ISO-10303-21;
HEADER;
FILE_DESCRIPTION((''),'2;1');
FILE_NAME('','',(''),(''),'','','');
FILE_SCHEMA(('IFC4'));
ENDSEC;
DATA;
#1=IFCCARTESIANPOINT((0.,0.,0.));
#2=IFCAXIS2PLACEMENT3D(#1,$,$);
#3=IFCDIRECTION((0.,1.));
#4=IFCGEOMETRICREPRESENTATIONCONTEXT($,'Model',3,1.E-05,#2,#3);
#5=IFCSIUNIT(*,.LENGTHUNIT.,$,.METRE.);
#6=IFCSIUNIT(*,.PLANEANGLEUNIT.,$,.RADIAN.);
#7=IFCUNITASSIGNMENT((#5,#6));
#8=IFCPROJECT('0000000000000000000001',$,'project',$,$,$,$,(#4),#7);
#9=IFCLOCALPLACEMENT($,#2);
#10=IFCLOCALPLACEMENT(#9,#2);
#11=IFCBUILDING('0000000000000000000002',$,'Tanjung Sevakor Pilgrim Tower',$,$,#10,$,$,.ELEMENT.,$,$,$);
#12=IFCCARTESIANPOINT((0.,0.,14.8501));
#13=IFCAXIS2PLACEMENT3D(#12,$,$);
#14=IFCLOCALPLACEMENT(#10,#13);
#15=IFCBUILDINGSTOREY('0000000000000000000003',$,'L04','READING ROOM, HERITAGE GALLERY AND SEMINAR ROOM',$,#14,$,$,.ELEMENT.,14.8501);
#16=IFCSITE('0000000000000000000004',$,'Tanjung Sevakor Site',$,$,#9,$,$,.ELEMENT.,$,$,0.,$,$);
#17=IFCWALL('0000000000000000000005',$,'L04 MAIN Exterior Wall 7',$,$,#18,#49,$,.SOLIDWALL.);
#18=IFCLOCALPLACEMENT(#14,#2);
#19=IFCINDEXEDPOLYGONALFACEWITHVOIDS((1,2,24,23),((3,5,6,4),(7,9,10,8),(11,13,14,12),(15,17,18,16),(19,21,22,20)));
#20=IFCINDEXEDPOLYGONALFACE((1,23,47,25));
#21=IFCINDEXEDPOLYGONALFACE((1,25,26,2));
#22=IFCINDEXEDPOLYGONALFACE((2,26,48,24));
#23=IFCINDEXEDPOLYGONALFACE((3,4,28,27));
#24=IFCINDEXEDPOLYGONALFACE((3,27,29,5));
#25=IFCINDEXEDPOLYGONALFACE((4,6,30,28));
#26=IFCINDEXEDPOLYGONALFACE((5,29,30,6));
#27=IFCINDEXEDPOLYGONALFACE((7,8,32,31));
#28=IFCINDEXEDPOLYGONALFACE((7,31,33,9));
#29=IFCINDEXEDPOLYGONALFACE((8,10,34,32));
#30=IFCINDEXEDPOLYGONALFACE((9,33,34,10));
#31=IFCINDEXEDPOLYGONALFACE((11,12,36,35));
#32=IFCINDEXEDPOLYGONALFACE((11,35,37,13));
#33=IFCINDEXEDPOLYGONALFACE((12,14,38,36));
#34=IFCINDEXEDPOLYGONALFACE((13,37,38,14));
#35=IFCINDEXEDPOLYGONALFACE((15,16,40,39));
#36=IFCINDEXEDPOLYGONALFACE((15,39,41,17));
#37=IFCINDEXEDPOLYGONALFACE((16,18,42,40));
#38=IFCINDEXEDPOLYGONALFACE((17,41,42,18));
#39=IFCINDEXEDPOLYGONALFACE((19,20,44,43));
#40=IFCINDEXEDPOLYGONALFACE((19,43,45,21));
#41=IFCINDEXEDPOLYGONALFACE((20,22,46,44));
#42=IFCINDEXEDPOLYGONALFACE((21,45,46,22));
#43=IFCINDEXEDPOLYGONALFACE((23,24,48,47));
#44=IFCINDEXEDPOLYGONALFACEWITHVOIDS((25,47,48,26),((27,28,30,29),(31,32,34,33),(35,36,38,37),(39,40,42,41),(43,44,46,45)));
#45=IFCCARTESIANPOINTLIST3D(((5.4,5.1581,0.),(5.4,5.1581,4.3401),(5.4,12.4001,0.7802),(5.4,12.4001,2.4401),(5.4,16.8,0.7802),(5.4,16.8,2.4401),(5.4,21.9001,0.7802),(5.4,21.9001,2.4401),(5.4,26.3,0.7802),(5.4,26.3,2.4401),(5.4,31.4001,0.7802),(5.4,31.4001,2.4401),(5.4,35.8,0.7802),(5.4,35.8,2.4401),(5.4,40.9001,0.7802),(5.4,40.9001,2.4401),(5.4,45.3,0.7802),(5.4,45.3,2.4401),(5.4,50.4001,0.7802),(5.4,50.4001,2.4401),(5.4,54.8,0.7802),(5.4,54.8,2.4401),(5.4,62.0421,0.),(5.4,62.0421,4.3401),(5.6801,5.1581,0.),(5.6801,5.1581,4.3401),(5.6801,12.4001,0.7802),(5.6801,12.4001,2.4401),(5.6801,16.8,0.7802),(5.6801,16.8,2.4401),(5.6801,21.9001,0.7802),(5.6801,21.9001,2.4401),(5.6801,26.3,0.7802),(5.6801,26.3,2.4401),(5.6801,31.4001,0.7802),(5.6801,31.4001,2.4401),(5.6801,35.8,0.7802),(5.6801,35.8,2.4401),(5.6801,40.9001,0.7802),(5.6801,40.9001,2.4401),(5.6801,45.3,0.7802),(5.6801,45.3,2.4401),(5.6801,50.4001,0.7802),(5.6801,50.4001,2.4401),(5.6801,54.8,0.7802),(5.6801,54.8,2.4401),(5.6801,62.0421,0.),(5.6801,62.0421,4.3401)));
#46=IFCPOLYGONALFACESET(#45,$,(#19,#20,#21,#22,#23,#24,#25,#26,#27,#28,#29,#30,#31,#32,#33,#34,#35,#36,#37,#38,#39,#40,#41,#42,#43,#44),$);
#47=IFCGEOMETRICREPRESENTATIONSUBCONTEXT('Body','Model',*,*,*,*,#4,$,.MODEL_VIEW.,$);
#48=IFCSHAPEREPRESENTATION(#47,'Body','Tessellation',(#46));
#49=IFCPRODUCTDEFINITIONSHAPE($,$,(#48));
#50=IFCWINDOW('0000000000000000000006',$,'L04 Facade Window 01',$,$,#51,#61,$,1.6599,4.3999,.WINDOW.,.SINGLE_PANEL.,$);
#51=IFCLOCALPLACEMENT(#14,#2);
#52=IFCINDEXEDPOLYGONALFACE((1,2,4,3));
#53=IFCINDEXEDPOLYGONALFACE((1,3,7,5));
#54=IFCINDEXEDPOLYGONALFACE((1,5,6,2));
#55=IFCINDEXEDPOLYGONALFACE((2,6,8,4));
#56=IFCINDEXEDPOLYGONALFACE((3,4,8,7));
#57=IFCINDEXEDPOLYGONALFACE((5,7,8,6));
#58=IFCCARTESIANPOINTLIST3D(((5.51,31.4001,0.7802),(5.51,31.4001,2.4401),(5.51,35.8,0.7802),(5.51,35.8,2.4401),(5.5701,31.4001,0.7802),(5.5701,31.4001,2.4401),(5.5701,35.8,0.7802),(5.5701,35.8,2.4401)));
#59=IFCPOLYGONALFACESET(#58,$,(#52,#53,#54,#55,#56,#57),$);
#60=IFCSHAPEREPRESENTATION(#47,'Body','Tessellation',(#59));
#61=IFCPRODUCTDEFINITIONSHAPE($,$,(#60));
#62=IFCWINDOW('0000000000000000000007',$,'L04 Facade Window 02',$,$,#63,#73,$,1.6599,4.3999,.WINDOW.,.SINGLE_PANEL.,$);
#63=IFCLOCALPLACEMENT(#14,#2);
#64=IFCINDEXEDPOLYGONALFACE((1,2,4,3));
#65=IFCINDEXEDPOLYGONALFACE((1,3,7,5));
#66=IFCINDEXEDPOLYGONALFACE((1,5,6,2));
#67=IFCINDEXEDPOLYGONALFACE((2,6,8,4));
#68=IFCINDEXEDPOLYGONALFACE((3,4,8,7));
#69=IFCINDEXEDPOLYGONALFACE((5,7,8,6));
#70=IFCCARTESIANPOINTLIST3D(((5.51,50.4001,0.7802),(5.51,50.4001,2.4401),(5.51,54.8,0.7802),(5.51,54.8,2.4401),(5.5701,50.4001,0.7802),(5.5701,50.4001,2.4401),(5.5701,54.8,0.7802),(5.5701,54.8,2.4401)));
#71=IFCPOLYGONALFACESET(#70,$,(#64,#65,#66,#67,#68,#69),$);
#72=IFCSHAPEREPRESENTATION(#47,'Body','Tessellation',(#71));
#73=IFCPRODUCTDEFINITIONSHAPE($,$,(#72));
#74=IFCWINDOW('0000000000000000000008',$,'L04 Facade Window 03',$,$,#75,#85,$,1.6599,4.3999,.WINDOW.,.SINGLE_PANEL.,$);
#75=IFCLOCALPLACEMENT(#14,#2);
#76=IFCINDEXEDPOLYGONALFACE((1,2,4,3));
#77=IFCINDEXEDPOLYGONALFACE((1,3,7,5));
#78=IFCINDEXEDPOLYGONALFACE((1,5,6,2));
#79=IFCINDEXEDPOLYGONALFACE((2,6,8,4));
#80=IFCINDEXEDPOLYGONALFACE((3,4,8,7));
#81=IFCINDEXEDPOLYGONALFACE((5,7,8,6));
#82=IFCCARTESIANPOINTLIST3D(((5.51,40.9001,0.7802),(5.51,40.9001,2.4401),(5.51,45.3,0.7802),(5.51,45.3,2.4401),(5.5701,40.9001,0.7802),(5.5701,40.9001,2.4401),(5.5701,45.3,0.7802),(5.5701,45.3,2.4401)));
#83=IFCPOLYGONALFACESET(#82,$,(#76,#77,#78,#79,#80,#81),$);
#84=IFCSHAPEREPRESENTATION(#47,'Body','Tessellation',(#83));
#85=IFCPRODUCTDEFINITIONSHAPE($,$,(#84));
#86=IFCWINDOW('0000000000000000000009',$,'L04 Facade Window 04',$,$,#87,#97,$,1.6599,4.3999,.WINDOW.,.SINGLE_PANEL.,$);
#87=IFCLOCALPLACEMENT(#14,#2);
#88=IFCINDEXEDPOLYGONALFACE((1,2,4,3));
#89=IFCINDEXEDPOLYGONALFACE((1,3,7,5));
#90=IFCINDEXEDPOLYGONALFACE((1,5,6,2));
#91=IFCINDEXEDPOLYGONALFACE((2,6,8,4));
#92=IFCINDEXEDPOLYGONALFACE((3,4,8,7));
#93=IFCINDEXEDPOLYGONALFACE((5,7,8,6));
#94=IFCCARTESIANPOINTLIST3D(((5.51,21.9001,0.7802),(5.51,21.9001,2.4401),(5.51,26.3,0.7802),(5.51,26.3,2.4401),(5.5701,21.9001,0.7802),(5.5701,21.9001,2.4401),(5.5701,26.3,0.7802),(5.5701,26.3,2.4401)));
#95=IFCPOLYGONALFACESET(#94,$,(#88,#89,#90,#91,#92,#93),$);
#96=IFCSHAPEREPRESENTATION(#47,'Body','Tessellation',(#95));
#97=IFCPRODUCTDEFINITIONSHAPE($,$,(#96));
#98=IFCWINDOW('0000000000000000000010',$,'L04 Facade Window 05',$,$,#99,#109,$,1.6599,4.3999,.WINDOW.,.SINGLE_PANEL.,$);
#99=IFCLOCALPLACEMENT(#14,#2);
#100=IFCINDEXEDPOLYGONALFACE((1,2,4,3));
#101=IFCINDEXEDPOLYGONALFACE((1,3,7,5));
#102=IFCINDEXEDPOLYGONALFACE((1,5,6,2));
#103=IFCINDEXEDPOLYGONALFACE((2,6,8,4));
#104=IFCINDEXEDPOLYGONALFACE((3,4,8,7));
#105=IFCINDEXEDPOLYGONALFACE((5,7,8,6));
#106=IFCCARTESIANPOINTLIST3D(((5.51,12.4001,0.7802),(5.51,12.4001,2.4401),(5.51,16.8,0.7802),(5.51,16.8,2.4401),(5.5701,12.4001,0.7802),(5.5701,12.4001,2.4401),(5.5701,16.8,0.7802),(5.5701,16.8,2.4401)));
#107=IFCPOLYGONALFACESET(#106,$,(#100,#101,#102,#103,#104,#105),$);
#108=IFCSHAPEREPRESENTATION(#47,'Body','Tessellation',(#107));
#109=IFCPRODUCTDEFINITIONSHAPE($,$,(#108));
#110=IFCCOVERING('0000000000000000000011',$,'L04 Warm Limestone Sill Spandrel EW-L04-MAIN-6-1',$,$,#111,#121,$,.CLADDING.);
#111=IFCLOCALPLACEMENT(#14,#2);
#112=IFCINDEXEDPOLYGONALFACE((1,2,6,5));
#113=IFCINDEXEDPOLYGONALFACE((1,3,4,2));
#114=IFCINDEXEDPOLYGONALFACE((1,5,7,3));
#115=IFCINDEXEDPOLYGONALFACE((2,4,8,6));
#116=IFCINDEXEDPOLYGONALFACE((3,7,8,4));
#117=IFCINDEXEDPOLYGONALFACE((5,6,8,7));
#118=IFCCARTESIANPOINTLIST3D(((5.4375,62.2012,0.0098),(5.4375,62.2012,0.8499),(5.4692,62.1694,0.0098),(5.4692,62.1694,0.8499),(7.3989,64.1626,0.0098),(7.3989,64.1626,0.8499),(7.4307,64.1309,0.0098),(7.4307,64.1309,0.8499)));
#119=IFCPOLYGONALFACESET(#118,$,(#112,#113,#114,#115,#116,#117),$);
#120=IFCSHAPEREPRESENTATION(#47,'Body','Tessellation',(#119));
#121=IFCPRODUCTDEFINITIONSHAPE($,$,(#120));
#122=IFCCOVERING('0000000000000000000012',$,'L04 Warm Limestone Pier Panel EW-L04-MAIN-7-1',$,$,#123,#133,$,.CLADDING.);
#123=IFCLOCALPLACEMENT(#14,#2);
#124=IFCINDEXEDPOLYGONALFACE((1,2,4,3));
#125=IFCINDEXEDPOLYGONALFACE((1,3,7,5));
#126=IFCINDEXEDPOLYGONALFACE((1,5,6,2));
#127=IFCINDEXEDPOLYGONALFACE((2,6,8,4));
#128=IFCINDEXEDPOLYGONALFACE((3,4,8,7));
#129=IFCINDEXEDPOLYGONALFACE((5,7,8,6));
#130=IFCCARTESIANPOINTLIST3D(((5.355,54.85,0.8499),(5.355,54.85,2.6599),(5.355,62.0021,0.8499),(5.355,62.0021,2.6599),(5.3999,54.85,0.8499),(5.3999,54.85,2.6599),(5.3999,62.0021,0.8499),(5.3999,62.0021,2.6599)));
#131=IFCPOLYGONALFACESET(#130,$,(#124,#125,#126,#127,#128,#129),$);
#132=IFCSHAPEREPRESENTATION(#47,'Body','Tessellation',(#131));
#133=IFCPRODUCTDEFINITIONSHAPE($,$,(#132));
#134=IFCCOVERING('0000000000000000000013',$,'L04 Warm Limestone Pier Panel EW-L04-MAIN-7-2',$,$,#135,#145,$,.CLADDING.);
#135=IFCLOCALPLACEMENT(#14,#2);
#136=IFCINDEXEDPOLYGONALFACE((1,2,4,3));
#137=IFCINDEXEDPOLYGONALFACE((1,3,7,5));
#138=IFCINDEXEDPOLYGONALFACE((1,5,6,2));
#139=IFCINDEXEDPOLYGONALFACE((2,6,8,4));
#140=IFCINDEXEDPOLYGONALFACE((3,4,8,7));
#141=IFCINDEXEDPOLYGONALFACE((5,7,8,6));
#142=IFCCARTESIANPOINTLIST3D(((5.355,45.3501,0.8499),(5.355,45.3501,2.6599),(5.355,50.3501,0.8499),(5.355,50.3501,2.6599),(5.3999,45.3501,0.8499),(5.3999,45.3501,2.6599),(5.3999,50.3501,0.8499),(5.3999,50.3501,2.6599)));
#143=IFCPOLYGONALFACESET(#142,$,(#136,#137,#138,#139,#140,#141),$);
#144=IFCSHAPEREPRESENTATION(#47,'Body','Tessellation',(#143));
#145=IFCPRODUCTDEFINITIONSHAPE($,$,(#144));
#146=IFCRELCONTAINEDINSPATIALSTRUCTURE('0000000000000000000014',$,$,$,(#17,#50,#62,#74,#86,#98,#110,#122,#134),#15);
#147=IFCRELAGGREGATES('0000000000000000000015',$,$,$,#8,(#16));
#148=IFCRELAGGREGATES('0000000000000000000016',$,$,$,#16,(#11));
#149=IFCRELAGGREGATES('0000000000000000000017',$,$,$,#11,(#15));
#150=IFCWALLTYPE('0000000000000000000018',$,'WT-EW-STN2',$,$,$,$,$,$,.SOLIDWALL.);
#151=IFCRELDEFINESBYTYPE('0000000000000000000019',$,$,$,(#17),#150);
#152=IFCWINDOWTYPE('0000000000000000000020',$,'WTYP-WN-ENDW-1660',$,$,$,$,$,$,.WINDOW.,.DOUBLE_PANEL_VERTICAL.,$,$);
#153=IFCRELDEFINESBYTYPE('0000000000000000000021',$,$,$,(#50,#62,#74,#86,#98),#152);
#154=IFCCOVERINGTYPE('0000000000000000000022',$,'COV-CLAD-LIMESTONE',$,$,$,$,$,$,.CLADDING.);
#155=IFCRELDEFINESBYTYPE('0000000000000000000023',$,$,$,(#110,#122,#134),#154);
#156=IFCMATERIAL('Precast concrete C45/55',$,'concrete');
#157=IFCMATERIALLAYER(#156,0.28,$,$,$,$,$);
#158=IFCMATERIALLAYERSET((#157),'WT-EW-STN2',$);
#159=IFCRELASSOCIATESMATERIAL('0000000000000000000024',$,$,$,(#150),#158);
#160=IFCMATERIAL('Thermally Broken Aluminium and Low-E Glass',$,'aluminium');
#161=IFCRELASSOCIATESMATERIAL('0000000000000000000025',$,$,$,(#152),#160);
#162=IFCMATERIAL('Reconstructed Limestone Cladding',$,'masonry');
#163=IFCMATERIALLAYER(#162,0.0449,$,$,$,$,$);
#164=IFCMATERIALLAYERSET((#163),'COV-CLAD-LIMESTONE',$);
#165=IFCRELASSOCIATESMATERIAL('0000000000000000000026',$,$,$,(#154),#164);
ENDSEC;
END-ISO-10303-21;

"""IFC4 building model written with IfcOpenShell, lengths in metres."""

from ifc_helpers import new_model, si_unit, direction, frame, frame_2d, origin, origin_2d, place, context, subcontext, project, spatial, rectangle, extrude, material, layer, layer_set, type_object, element, fill, save


model = new_model("IFC4")

# Units and contexts
model_context = context("Model", 3, precision=1e-05, world=origin(), true_north=direction((0.0, 1.0)))
body_context = subcontext(model_context, "Body", "Model", "MODEL_VIEW")
ifc_project = project(units=[si_unit("LENGTHUNIT", "METRE"), si_unit("PLANEANGLEUNIT", "RADIAN")], contexts=[model_context])

# Site, building, storey
site_placement = place(None, origin())
site = spatial("IfcSite", under=ifc_project, at=site_placement, Name="Tanjung Sevakor Site", CompositionType="ELEMENT", RefElevation=0.0)
building_placement = place(site_placement, origin())
building = spatial("IfcBuilding", under=site, at=building_placement, Name="Tanjung Sevakor Pilgrim Tower", CompositionType="ELEMENT")
storey_placement = place(building_placement, frame((0.0, 0.0, 14.8501)))
storey = spatial("IfcBuildingStorey", under=building, at=storey_placement, Name="L04", Description="READING ROOM, HERITAGE GALLERY AND SEMINAR ROOM", CompositionType="ELEMENT", Elevation=14.8501)

# Shared definitions
ifc_material_1 = material(Name="Precast concrete C45/55", Category="concrete")
ifc_layer_1 = layer(ifc_material_1, 0.28)
ifc_layer_set_1 = layer_set([ifc_layer_1], Name="WT-EW-STN2")
wall_type_1 = type_object("IfcWallType", Name="WT-EW-STN2", PredefinedType="SOLIDWALL", material=ifc_layer_set_1)

# Wall, openings, windows
wall_1_placement = place(storey_placement, frame((5.54, 62.042, 0.0), z_axis=(0.0, 0.0, 1.0), x_axis=(0.0, -1.0, 0.0)))
wall_1 = element("IfcWall", 1, at=wall_1_placement, inside=storey, type_object=wall_type_1, Name="L04 MAIN Exterior Wall 7", PredefinedType="SOLIDWALL", context=body_context, shape_type="SweptSolid", body=[
    extrude(rectangle(XDim=56.884, YDim=0.28, at=frame_2d((28.4419, 0.0))), origin(), (0.0, 0.0, 1.0), 4.3401),
])
opening_1_placement = place(wall_1_placement, frame((26.2419, 0.0, 0.78)))
opening_1 = element("IfcOpeningElement", 2, at=opening_1_placement, cuts=wall_1, PredefinedType="OPENING", context=body_context, shape_type="SweptSolid", body=[
    extrude(rectangle(XDim=4.3999, YDim=1.6599, at=frame_2d((2.2, 0.8301))), frame((0.0, 0.1499, 0.0), z_axis=(0.0, -1.0, 0.0), x_axis=(1.0, 0.0, 0.0)), (0.0, 0.0, 1.0), 0.3),
])
opening_2_placement = place(wall_1_placement, frame((7.2419, 0.0, 0.78)))
opening_2 = element("IfcOpeningElement", 3, at=opening_2_placement, cuts=wall_1, PredefinedType="OPENING", context=body_context, shape_type="SweptSolid", body=[
    extrude(rectangle(XDim=4.3999, YDim=1.6599, at=frame_2d((2.2, 0.8301))), frame((0.0, 0.1499, 0.0), z_axis=(0.0, -1.0, 0.0), x_axis=(1.0, 0.0, 0.0)), (0.0, 0.0, 1.0), 0.3),
])
opening_3_placement = place(wall_1_placement, frame((16.7419, 0.0, 0.78)))
opening_3 = element("IfcOpeningElement", 4, at=opening_3_placement, cuts=wall_1, PredefinedType="OPENING", context=body_context, shape_type="SweptSolid", body=[
    extrude(rectangle(XDim=4.3999, YDim=1.6599, at=frame_2d((2.2, 0.8301))), frame((0.0, 0.1499, 0.0), z_axis=(0.0, -1.0, 0.0), x_axis=(1.0, 0.0, 0.0)), (0.0, 0.0, 1.0), 0.3),
])
opening_4_placement = place(wall_1_placement, frame((35.7419, 0.0, 0.78)))
opening_4 = element("IfcOpeningElement", 5, at=opening_4_placement, cuts=wall_1, PredefinedType="OPENING", context=body_context, shape_type="SweptSolid", body=[
    extrude(rectangle(XDim=4.3999, YDim=1.6599, at=frame_2d((2.2, 0.8301))), frame((0.0, 0.1499, 0.0), z_axis=(0.0, -1.0, 0.0), x_axis=(1.0, 0.0, 0.0)), (0.0, 0.0, 1.0), 0.3),
])
opening_5_placement = place(wall_1_placement, frame((45.2419, 0.0, 0.78)))
opening_5 = element("IfcOpeningElement", 6, at=opening_5_placement, cuts=wall_1, PredefinedType="OPENING", context=body_context, shape_type="SweptSolid", body=[
    extrude(rectangle(XDim=4.3999, YDim=1.6599, at=frame_2d((2.2, 0.8301))), frame((0.0, 0.1499, 0.0), z_axis=(0.0, -1.0, 0.0), x_axis=(1.0, 0.0, 0.0)), (0.0, 0.0, 1.0), 0.3),
])
ifc_material_2 = material(Name="Thermally Broken Aluminium and Low-E Glass", Category="aluminium")
window_type_1 = type_object("IfcWindowType", Name="WTYP-WN-ENDW-1660", PartitioningType="DOUBLE_PANEL_VERTICAL", PredefinedType="WINDOW", material=ifc_material_2)
window_1_placement = place(opening_1_placement, origin())
window_1 = element("IfcWindow", 7, at=window_1_placement, inside=storey, type_object=window_type_1, Name="L04 Facade Window 01", OverallHeight=1.6599, OverallWidth=4.3999, PartitioningType="SINGLE_PANEL", PredefinedType="WINDOW", context=body_context, shape_type="SweptSolid", body=[
    extrude(rectangle(XDim=4.3999, YDim=1.6599, at=frame_2d((2.2, 0.8301))), frame((0.0, 0.03, 0.0), z_axis=(0.0, -1.0, 0.0), x_axis=(1.0, 0.0, 0.0)), (0.0, 0.0, 1.0), 0.0601),
])
fill(opening_1, window_1)
window_2_placement = place(opening_2_placement, origin())
window_2 = element("IfcWindow", 8, at=window_2_placement, inside=storey, type_object=window_type_1, Name="L04 Facade Window 02", OverallHeight=1.6599, OverallWidth=4.3999, PartitioningType="SINGLE_PANEL", PredefinedType="WINDOW", context=body_context, shape_type="SweptSolid", body=[
    extrude(rectangle(XDim=4.3999, YDim=1.6599, at=frame_2d((2.2, 0.8301))), frame((0.0, 0.03, 0.0), z_axis=(0.0, -1.0, 0.0), x_axis=(1.0, 0.0, 0.0)), (0.0, 0.0, 1.0), 0.0601),
])
fill(opening_2, window_2)
window_3_placement = place(opening_3_placement, origin())
window_3 = element("IfcWindow", 9, at=window_3_placement, inside=storey, type_object=window_type_1, Name="L04 Facade Window 03", OverallHeight=1.6599, OverallWidth=4.3999, PartitioningType="SINGLE_PANEL", PredefinedType="WINDOW", context=body_context, shape_type="SweptSolid", body=[
    extrude(rectangle(XDim=4.3999, YDim=1.6599, at=frame_2d((2.2, 0.8301))), frame((0.0, 0.03, 0.0), z_axis=(0.0, -1.0, 0.0), x_axis=(1.0, 0.0, 0.0)), (0.0, 0.0, 1.0), 0.0601),
])
fill(opening_3, window_3)
window_4_placement = place(opening_4_placement, origin())
window_4 = element("IfcWindow", 10, at=window_4_placement, inside=storey, type_object=window_type_1, Name="L04 Facade Window 04", OverallHeight=1.6599, OverallWidth=4.3999, PartitioningType="SINGLE_PANEL", PredefinedType="WINDOW", context=body_context, shape_type="SweptSolid", body=[
    extrude(rectangle(XDim=4.3999, YDim=1.6599, at=frame_2d((2.2, 0.8301))), frame((0.0, 0.03, 0.0), z_axis=(0.0, -1.0, 0.0), x_axis=(1.0, 0.0, 0.0)), (0.0, 0.0, 1.0), 0.0601),
])
fill(opening_4, window_4)
window_5_placement = place(opening_5_placement, origin())
window_5 = element("IfcWindow", 11, at=window_5_placement, inside=storey, type_object=window_type_1, Name="L04 Facade Window 05", OverallHeight=1.6599, OverallWidth=4.3999, PartitioningType="SINGLE_PANEL", PredefinedType="WINDOW", context=body_context, shape_type="SweptSolid", body=[
    extrude(rectangle(XDim=4.3999, YDim=1.6599, at=frame_2d((2.2, 0.8301))), frame((0.0, 0.03, 0.0), z_axis=(0.0, -1.0, 0.0), x_axis=(1.0, 0.0, 0.0)), (0.0, 0.0, 1.0), 0.0601),
])
fill(opening_5, window_5)

# Coverings
ifc_material_3 = material(Name="Reconstructed Limestone Cladding", Category="masonry")
ifc_layer_2 = layer(ifc_material_3, 0.0449)
ifc_layer_set_2 = layer_set([ifc_layer_2], Name="COV-CLAD-LIMESTONE")
covering_type = type_object("IfcCoveringType", Name="COV-CLAD-LIMESTONE", PredefinedType="CLADDING", material=ifc_layer_set_2)
covering_1_placement = place(storey_placement, frame((6.4341, 63.166, 0.0098), z_axis=(0.0, 0.0, 1.0), x_axis=(-0.707107, -0.707107, 0.0)))
element("IfcCovering", 12, at=covering_1_placement, inside=storey, type_object=covering_type, Name="L04 Warm Limestone Sill Spandrel EW-L04-MAIN-6-1", PredefinedType="CLADDING", context=body_context, shape_type="SweptSolid", body=[
    extrude(rectangle(XDim=2.7739, YDim=0.0449, at=origin_2d()), origin(), (0.0, 0.0, 1.0), 0.8401),
])
covering_2_placement = place(storey_placement, frame((5.3774, 58.426, 0.8499), z_axis=(0.0, 0.0, 1.0), x_axis=(0.0, -1.0, 0.0)))
element("IfcCovering", 13, at=covering_2_placement, inside=storey, type_object=covering_type, Name="L04 Warm Limestone Pier Panel EW-L04-MAIN-7-1", PredefinedType="CLADDING", context=body_context, shape_type="SweptSolid", body=[
    extrude(rectangle(XDim=7.1521, YDim=0.0449, at=origin_2d()), origin(), (0.0, 0.0, 1.0), 1.8101),
])
covering_3_placement = place(storey_placement, frame((5.3774, 47.8501, 0.8499), z_axis=(0.0, 0.0, 1.0), x_axis=(0.0, -1.0, 0.0)))
element("IfcCovering", 14, at=covering_3_placement, inside=storey, type_object=covering_type, Name="L04 Warm Limestone Pier Panel EW-L04-MAIN-7-2", PredefinedType="CLADDING", context=body_context, shape_type="SweptSolid", body=[
    extrude(rectangle(XDim=5.0, YDim=0.0449, at=origin_2d()), origin(), (0.0, 0.0, 1.0), 1.8101),
])

save(model, "model.ifc")
